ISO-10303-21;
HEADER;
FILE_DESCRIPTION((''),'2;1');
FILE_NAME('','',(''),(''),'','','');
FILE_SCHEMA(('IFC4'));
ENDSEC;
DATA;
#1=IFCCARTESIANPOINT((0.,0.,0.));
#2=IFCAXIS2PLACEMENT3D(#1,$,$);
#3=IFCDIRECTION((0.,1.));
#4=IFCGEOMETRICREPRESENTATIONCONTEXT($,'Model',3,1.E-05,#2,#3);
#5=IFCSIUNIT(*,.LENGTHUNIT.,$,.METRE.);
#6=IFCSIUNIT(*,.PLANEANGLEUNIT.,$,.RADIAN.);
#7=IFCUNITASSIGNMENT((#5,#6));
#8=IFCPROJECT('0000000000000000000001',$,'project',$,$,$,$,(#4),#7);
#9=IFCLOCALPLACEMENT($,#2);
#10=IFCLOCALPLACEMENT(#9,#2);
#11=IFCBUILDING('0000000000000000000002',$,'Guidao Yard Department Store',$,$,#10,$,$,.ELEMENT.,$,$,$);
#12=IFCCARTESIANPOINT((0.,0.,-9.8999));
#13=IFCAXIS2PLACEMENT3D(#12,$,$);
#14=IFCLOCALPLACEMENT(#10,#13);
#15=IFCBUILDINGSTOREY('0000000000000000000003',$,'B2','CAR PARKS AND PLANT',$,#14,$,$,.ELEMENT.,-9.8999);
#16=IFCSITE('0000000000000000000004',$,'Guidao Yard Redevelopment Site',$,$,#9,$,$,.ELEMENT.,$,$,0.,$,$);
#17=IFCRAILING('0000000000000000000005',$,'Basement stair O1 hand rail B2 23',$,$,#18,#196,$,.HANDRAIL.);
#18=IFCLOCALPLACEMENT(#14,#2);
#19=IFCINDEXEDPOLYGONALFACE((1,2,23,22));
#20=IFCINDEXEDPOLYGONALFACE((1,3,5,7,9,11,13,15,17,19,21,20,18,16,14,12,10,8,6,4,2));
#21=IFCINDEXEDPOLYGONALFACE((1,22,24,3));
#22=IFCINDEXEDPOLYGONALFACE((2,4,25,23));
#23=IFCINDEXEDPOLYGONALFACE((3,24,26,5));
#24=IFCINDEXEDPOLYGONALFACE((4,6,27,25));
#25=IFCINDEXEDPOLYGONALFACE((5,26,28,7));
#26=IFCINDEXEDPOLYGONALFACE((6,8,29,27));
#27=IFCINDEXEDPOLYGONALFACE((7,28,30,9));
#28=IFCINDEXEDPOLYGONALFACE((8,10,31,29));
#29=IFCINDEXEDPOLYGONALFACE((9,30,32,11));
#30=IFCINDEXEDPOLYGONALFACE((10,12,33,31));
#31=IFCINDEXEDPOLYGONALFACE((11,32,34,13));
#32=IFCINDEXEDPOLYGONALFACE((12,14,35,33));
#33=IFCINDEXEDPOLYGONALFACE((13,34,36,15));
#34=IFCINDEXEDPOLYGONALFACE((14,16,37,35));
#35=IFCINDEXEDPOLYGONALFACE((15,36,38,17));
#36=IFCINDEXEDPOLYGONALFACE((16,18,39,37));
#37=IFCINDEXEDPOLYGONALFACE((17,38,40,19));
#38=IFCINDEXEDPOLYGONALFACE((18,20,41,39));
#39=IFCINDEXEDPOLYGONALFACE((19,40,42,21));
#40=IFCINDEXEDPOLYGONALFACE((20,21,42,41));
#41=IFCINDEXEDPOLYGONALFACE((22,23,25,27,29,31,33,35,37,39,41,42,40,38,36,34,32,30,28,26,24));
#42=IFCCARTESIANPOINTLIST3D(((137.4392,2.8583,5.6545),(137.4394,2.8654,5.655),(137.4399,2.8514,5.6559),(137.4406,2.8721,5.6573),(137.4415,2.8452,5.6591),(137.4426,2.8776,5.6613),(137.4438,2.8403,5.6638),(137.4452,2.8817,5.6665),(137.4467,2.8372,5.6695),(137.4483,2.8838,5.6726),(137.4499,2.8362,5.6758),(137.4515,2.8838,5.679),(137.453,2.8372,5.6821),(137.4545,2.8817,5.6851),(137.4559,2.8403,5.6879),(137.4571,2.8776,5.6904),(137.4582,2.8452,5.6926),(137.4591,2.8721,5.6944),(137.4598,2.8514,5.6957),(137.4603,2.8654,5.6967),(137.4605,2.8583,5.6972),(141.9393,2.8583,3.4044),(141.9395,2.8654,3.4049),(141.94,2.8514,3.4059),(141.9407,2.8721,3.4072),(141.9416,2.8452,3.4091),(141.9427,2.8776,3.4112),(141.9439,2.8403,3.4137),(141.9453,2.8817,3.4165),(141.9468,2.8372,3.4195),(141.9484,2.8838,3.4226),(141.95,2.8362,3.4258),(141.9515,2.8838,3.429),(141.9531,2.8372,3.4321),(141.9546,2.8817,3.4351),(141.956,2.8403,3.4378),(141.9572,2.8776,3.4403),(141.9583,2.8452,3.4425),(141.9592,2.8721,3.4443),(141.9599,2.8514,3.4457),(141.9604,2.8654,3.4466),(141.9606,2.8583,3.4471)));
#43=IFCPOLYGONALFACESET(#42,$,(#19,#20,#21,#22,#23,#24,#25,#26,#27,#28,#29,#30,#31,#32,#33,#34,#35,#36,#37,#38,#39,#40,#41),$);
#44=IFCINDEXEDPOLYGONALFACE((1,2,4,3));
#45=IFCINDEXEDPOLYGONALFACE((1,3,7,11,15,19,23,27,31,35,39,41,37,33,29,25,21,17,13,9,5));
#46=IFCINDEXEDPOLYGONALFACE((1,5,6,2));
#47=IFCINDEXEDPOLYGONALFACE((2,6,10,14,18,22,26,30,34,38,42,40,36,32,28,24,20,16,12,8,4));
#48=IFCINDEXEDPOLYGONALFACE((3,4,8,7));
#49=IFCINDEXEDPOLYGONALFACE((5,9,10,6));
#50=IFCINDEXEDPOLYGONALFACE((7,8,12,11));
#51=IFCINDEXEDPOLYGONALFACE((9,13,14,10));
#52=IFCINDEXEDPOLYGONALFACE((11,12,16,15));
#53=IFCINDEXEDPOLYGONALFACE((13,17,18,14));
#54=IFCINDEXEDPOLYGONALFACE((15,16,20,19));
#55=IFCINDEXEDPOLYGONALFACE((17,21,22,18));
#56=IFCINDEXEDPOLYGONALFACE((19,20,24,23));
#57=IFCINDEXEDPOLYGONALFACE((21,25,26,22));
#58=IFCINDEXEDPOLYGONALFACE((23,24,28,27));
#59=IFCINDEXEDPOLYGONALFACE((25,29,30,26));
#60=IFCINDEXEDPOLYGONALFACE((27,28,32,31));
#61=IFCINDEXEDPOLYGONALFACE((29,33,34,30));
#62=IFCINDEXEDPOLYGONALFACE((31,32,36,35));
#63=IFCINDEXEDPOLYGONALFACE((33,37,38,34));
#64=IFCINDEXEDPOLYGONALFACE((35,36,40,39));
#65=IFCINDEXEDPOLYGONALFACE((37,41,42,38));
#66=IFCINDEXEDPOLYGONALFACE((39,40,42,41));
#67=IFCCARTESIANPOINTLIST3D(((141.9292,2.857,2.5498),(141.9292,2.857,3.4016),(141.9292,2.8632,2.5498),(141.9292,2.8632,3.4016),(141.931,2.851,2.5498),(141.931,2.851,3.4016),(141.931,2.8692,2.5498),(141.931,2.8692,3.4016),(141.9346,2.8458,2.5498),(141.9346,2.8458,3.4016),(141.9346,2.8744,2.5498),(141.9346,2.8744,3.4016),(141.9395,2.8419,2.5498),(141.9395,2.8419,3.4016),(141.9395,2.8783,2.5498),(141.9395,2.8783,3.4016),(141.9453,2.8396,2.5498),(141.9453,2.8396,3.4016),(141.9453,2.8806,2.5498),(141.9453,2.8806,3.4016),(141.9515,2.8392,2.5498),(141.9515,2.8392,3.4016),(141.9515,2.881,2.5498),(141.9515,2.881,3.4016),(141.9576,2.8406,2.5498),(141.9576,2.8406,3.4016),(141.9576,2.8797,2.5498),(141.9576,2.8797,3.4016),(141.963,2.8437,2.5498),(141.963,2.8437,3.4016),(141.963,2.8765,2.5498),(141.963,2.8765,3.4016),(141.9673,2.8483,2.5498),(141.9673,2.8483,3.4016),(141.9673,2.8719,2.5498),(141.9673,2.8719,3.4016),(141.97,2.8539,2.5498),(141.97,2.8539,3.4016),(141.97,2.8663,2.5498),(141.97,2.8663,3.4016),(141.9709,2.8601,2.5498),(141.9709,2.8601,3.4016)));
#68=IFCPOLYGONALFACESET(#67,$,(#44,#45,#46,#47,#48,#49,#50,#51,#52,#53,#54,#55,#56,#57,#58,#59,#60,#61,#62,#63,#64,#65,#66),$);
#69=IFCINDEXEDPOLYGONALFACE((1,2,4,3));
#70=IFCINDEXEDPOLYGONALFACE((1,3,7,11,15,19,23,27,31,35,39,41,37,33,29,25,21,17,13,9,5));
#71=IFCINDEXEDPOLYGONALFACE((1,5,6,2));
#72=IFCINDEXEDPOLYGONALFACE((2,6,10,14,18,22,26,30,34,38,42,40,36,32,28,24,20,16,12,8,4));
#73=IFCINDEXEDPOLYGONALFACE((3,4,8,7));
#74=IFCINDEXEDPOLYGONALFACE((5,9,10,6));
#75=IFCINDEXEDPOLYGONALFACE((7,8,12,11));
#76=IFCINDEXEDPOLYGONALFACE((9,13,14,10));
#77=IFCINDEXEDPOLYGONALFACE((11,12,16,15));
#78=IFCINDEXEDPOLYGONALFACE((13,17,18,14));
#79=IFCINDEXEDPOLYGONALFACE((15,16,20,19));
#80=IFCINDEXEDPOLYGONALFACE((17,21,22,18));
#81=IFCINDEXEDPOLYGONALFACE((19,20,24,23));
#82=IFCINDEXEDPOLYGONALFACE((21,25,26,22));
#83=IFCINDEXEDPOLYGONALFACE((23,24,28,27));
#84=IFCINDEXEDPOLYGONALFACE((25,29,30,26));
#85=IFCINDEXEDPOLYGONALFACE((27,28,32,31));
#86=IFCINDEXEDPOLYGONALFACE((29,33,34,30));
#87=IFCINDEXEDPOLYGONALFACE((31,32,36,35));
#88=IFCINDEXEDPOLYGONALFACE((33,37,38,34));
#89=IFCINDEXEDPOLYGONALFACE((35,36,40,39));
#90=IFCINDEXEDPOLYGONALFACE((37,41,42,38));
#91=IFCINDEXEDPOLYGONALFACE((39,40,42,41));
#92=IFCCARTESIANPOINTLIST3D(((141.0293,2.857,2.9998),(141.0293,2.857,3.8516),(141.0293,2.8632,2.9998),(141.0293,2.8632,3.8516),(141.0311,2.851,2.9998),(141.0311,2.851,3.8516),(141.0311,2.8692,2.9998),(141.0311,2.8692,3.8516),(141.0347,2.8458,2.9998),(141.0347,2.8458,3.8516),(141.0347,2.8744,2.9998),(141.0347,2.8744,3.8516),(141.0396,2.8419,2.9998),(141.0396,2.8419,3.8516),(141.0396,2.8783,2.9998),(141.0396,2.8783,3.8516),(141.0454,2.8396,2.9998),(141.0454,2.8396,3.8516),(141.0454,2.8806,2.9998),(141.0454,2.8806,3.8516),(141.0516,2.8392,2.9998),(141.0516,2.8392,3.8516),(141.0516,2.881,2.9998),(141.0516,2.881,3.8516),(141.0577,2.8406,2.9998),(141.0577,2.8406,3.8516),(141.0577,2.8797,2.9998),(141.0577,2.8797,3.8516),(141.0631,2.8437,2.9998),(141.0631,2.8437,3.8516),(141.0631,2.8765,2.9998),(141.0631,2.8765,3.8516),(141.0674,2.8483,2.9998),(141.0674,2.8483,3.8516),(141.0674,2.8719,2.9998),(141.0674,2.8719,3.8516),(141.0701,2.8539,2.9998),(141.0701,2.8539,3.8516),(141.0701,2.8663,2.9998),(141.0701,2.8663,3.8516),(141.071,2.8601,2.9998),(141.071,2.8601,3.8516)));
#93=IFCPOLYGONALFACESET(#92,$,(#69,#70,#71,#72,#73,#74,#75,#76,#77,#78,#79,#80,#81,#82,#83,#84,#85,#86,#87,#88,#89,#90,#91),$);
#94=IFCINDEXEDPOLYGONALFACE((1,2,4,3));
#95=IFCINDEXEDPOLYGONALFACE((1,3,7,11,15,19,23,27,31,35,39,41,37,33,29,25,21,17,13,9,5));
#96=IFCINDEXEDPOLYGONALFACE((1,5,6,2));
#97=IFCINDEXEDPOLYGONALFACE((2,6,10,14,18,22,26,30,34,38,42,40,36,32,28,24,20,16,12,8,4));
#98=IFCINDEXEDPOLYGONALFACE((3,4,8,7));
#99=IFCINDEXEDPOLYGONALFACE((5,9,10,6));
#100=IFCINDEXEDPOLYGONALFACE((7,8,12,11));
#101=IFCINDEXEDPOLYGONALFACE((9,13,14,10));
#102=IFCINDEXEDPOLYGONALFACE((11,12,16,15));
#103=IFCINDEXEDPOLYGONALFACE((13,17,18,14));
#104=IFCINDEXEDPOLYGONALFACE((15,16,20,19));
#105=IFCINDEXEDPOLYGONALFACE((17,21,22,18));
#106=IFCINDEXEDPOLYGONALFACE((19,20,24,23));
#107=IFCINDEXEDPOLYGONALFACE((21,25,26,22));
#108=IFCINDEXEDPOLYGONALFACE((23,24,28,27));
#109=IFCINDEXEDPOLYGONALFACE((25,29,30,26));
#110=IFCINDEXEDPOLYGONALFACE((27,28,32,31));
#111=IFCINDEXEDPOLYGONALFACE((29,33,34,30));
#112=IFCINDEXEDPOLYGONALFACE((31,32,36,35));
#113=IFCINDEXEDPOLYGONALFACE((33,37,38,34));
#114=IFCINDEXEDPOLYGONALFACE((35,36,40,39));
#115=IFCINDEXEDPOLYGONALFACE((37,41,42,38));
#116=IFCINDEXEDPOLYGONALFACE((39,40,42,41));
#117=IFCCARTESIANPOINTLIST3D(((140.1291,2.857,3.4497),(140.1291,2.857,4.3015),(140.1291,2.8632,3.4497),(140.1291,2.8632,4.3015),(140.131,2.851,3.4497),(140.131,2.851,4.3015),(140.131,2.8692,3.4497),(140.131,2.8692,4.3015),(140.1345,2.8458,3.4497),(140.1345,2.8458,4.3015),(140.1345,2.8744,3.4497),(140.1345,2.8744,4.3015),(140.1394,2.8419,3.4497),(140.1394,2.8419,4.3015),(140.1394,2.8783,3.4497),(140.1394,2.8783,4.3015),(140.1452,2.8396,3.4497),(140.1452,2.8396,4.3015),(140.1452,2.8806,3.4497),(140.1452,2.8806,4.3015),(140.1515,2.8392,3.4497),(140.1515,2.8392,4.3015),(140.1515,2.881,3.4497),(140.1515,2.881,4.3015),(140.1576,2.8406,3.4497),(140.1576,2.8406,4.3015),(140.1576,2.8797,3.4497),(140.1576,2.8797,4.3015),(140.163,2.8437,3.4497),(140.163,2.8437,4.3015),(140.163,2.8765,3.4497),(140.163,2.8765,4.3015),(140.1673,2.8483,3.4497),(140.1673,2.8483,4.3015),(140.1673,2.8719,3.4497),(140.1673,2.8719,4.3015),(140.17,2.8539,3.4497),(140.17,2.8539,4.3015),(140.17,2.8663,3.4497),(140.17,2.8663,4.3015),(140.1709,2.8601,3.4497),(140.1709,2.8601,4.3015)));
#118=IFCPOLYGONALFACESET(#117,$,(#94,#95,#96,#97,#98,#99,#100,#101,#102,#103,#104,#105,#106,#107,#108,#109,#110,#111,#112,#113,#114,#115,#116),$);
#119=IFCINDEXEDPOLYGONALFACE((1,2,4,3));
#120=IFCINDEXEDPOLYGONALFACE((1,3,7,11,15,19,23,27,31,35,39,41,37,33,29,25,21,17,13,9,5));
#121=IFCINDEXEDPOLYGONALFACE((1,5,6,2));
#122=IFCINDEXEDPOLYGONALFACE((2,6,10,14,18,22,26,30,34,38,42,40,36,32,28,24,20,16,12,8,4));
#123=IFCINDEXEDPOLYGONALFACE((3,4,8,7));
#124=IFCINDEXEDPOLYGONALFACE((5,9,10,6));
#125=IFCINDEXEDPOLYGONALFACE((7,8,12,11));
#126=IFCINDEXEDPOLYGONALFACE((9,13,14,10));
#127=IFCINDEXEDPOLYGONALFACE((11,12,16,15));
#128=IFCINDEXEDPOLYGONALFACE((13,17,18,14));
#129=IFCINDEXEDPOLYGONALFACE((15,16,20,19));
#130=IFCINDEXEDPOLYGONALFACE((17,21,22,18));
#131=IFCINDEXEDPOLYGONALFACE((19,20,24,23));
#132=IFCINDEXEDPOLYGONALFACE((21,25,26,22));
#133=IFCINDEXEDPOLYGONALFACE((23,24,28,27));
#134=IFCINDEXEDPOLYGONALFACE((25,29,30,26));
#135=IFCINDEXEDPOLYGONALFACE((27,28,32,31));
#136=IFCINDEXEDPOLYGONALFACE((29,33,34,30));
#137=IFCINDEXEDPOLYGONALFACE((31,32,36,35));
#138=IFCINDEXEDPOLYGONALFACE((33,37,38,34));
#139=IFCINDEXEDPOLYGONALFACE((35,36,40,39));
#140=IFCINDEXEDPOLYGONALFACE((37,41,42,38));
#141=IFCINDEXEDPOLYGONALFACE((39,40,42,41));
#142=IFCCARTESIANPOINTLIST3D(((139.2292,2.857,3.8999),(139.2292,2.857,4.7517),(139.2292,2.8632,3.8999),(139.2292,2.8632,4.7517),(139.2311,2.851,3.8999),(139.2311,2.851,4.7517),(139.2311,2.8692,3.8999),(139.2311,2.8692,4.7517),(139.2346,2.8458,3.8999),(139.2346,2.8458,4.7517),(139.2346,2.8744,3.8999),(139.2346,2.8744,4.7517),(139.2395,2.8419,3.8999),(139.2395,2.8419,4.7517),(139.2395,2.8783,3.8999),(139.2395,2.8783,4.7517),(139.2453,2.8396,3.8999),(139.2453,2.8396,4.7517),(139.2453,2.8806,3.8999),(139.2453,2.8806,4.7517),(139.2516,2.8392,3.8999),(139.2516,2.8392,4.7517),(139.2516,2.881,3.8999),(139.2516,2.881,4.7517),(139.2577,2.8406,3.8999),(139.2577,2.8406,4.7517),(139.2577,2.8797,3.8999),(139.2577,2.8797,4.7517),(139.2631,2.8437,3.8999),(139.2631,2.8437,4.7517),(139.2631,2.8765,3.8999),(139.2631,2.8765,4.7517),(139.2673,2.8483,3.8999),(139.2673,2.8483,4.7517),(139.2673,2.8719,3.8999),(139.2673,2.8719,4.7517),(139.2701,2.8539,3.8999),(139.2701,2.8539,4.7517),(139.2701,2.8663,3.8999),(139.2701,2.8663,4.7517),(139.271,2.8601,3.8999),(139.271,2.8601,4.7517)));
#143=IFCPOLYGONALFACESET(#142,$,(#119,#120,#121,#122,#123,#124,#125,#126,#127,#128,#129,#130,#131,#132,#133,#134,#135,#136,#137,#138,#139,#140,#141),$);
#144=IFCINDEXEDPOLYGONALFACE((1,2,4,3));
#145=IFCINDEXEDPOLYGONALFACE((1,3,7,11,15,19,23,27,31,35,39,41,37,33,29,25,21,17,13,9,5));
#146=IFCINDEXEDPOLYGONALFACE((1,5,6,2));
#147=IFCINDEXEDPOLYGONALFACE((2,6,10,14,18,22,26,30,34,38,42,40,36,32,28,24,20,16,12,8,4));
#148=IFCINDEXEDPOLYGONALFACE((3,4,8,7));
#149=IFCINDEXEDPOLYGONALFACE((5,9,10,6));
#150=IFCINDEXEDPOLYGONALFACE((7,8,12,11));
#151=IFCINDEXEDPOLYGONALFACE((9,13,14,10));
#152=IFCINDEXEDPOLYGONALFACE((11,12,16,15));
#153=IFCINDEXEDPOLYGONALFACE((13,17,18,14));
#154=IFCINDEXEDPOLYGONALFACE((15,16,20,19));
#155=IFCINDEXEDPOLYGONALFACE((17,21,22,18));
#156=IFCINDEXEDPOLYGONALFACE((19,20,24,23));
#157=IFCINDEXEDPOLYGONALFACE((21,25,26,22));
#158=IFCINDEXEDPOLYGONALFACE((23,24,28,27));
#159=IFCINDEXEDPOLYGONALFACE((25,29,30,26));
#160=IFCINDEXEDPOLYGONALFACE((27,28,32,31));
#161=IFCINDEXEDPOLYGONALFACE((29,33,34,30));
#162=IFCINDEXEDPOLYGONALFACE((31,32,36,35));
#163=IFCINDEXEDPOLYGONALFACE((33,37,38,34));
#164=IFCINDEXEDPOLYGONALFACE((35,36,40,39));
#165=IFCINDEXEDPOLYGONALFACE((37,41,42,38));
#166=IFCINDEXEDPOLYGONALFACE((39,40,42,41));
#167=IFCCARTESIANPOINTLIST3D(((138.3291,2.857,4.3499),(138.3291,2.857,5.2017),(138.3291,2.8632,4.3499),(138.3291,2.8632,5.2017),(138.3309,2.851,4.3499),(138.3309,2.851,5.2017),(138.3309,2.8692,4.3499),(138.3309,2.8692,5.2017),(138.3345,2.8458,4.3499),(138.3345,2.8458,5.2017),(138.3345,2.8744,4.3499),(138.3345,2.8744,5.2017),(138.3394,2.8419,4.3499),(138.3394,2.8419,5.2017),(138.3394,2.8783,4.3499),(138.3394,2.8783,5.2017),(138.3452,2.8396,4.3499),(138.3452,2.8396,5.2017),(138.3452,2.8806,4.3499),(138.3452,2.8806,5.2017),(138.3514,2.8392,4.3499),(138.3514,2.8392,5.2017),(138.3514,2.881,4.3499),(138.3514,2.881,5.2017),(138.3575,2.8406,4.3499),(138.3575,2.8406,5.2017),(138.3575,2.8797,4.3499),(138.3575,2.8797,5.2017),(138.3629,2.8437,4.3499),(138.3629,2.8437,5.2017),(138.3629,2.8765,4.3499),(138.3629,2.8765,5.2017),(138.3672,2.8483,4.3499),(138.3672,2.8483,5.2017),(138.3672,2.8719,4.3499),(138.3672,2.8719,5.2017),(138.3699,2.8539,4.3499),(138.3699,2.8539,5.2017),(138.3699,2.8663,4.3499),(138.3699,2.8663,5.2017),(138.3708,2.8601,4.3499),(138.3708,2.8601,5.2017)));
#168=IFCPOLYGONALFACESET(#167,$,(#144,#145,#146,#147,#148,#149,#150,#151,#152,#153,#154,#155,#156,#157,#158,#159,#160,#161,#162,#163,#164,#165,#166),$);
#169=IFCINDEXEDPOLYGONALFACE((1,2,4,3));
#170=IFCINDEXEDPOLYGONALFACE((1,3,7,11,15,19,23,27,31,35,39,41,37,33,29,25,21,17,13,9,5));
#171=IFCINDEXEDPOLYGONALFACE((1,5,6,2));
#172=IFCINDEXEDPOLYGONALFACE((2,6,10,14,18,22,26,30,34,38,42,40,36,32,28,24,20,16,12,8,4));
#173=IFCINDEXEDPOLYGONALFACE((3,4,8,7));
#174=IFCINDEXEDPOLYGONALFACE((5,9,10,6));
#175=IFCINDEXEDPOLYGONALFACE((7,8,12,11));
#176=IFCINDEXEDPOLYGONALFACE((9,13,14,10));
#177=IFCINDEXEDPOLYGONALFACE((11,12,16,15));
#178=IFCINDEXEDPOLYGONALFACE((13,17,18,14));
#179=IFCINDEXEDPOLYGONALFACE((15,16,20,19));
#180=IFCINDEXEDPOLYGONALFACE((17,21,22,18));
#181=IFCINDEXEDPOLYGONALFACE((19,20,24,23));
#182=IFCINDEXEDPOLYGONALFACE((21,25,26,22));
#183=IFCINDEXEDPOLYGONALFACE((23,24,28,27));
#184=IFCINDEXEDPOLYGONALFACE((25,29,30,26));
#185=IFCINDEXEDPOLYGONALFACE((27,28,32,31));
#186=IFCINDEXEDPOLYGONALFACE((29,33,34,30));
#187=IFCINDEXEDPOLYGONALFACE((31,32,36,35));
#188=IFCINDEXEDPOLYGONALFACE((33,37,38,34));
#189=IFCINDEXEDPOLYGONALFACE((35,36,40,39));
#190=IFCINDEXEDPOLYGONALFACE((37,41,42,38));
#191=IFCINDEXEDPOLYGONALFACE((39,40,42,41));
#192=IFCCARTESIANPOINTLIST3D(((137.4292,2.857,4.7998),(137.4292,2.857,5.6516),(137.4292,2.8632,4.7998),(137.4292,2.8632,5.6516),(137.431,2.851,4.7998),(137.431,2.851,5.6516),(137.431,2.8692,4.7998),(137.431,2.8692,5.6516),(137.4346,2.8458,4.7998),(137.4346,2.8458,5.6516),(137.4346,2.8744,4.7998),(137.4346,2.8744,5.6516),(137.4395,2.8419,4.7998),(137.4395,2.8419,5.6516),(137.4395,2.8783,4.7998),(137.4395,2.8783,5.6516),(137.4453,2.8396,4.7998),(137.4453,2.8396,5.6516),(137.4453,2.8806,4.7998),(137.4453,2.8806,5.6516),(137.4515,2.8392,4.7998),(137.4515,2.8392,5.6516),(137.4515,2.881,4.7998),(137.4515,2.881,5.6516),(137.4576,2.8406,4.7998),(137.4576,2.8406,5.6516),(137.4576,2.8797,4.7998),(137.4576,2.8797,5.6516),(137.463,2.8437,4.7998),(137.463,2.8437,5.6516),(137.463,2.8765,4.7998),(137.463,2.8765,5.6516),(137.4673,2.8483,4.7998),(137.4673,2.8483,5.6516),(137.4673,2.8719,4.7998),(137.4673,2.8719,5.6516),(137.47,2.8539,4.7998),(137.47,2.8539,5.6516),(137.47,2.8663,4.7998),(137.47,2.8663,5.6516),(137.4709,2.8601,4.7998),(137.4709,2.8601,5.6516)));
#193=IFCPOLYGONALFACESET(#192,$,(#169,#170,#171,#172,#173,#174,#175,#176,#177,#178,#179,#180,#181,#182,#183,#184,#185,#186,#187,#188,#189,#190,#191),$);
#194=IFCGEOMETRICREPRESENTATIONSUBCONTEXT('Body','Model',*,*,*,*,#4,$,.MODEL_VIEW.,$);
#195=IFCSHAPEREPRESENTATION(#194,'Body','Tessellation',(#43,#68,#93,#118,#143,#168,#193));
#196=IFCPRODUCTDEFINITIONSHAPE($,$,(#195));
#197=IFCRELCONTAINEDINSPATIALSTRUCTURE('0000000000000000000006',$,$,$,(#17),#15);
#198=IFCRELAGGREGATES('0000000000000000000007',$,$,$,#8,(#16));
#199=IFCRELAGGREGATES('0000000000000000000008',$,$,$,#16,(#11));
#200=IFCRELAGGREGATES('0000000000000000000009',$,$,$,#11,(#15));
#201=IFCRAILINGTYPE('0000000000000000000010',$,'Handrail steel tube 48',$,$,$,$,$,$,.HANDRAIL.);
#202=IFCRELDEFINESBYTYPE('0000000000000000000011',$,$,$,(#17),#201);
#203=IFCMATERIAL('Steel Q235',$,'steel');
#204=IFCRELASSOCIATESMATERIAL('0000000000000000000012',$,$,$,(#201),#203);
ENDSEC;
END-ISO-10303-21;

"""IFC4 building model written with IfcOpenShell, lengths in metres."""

from ifc_helpers import new_model, si_unit, direction, frame, origin, origin_2d, place, context, subcontext, project, spatial, circle, extrude, material, type_object, element, save


model = new_model("IFC4")

# Units and contexts
model_context = context("Model", 3, precision=1e-05, world=origin(), true_north=direction((0.0, 1.0)))
body_context = subcontext(model_context, "Body", "Model", "MODEL_VIEW")
ifc_project = project(units=[si_unit("LENGTHUNIT", "METRE"), si_unit("PLANEANGLEUNIT", "RADIAN")], contexts=[model_context])

# Site, building, storey
site_placement = place(None, origin())
site = spatial("IfcSite", under=ifc_project, at=site_placement, Name="Guidao Yard Redevelopment Site", CompositionType="ELEMENT", RefElevation=0.0)
building_placement = place(site_placement, origin())
building = spatial("IfcBuilding", under=site, at=building_placement, Name="Guidao Yard Department Store", CompositionType="ELEMENT")
storey_placement = place(building_placement, frame((0.0, 0.0, -9.8999)))
storey = spatial("IfcBuildingStorey", under=building, at=storey_placement, Name="B2", Description="CAR PARKS AND PLANT", CompositionType="ELEMENT", Elevation=-9.8999)

# Railing
ifc_material_1 = material(Name="Steel Q235", Category="steel")
railing_type_1 = type_object("IfcRailingType", Name="Handrail steel tube 48", PredefinedType="HANDRAIL", material=ifc_material_1)
for number, where, name in (
    (1, (141.95, 2.8601, 2.5498), "Basement stair O1 hand rail B2 23"),
):
    element("IfcRailing", number, at=place(storey_placement, frame(where)), inside=storey, type_object=railing_type_1, Name=name, PredefinedType="HANDRAIL", context=body_context, shape_type="SweptSolid", body=[
        extrude(circle(Radius=0.0239, at=origin_2d()), frame((0.0, 0.0, 0.876), z_axis=(-0.894427, 0.0, 0.447214), x_axis=(0.0, -1.0, 0.0)), (0.0, 0.0, 1.0), 5.0312),
        extrude(circle(Radius=0.021, at=origin_2d()), origin(), (0.0, 0.0, 1.0), 0.8518),
        extrude(circle(Radius=0.021, at=origin_2d()), frame((-0.8999, 0.0, 0.45)), (0.0, 0.0, 1.0), 0.8518),
        extrude(circle(Radius=0.021, at=origin_2d()), frame((-1.8, 0.0, 0.8999)), (0.0, 0.0, 1.0), 0.8518),
        extrude(circle(Radius=0.021, at=origin_2d()), frame((-2.7, 0.0, 1.3501)), (0.0, 0.0, 1.0), 0.8518),
        extrude(circle(Radius=0.021, at=origin_2d()), frame((-3.6001, 0.0, 1.8)), (0.0, 0.0, 1.0), 0.8518),
        extrude(circle(Radius=0.021, at=origin_2d()), frame((-4.5, 0.0, 2.25)), (0.0, 0.0, 1.0), 0.8518),
    ])

save(model, "model.ifc")
